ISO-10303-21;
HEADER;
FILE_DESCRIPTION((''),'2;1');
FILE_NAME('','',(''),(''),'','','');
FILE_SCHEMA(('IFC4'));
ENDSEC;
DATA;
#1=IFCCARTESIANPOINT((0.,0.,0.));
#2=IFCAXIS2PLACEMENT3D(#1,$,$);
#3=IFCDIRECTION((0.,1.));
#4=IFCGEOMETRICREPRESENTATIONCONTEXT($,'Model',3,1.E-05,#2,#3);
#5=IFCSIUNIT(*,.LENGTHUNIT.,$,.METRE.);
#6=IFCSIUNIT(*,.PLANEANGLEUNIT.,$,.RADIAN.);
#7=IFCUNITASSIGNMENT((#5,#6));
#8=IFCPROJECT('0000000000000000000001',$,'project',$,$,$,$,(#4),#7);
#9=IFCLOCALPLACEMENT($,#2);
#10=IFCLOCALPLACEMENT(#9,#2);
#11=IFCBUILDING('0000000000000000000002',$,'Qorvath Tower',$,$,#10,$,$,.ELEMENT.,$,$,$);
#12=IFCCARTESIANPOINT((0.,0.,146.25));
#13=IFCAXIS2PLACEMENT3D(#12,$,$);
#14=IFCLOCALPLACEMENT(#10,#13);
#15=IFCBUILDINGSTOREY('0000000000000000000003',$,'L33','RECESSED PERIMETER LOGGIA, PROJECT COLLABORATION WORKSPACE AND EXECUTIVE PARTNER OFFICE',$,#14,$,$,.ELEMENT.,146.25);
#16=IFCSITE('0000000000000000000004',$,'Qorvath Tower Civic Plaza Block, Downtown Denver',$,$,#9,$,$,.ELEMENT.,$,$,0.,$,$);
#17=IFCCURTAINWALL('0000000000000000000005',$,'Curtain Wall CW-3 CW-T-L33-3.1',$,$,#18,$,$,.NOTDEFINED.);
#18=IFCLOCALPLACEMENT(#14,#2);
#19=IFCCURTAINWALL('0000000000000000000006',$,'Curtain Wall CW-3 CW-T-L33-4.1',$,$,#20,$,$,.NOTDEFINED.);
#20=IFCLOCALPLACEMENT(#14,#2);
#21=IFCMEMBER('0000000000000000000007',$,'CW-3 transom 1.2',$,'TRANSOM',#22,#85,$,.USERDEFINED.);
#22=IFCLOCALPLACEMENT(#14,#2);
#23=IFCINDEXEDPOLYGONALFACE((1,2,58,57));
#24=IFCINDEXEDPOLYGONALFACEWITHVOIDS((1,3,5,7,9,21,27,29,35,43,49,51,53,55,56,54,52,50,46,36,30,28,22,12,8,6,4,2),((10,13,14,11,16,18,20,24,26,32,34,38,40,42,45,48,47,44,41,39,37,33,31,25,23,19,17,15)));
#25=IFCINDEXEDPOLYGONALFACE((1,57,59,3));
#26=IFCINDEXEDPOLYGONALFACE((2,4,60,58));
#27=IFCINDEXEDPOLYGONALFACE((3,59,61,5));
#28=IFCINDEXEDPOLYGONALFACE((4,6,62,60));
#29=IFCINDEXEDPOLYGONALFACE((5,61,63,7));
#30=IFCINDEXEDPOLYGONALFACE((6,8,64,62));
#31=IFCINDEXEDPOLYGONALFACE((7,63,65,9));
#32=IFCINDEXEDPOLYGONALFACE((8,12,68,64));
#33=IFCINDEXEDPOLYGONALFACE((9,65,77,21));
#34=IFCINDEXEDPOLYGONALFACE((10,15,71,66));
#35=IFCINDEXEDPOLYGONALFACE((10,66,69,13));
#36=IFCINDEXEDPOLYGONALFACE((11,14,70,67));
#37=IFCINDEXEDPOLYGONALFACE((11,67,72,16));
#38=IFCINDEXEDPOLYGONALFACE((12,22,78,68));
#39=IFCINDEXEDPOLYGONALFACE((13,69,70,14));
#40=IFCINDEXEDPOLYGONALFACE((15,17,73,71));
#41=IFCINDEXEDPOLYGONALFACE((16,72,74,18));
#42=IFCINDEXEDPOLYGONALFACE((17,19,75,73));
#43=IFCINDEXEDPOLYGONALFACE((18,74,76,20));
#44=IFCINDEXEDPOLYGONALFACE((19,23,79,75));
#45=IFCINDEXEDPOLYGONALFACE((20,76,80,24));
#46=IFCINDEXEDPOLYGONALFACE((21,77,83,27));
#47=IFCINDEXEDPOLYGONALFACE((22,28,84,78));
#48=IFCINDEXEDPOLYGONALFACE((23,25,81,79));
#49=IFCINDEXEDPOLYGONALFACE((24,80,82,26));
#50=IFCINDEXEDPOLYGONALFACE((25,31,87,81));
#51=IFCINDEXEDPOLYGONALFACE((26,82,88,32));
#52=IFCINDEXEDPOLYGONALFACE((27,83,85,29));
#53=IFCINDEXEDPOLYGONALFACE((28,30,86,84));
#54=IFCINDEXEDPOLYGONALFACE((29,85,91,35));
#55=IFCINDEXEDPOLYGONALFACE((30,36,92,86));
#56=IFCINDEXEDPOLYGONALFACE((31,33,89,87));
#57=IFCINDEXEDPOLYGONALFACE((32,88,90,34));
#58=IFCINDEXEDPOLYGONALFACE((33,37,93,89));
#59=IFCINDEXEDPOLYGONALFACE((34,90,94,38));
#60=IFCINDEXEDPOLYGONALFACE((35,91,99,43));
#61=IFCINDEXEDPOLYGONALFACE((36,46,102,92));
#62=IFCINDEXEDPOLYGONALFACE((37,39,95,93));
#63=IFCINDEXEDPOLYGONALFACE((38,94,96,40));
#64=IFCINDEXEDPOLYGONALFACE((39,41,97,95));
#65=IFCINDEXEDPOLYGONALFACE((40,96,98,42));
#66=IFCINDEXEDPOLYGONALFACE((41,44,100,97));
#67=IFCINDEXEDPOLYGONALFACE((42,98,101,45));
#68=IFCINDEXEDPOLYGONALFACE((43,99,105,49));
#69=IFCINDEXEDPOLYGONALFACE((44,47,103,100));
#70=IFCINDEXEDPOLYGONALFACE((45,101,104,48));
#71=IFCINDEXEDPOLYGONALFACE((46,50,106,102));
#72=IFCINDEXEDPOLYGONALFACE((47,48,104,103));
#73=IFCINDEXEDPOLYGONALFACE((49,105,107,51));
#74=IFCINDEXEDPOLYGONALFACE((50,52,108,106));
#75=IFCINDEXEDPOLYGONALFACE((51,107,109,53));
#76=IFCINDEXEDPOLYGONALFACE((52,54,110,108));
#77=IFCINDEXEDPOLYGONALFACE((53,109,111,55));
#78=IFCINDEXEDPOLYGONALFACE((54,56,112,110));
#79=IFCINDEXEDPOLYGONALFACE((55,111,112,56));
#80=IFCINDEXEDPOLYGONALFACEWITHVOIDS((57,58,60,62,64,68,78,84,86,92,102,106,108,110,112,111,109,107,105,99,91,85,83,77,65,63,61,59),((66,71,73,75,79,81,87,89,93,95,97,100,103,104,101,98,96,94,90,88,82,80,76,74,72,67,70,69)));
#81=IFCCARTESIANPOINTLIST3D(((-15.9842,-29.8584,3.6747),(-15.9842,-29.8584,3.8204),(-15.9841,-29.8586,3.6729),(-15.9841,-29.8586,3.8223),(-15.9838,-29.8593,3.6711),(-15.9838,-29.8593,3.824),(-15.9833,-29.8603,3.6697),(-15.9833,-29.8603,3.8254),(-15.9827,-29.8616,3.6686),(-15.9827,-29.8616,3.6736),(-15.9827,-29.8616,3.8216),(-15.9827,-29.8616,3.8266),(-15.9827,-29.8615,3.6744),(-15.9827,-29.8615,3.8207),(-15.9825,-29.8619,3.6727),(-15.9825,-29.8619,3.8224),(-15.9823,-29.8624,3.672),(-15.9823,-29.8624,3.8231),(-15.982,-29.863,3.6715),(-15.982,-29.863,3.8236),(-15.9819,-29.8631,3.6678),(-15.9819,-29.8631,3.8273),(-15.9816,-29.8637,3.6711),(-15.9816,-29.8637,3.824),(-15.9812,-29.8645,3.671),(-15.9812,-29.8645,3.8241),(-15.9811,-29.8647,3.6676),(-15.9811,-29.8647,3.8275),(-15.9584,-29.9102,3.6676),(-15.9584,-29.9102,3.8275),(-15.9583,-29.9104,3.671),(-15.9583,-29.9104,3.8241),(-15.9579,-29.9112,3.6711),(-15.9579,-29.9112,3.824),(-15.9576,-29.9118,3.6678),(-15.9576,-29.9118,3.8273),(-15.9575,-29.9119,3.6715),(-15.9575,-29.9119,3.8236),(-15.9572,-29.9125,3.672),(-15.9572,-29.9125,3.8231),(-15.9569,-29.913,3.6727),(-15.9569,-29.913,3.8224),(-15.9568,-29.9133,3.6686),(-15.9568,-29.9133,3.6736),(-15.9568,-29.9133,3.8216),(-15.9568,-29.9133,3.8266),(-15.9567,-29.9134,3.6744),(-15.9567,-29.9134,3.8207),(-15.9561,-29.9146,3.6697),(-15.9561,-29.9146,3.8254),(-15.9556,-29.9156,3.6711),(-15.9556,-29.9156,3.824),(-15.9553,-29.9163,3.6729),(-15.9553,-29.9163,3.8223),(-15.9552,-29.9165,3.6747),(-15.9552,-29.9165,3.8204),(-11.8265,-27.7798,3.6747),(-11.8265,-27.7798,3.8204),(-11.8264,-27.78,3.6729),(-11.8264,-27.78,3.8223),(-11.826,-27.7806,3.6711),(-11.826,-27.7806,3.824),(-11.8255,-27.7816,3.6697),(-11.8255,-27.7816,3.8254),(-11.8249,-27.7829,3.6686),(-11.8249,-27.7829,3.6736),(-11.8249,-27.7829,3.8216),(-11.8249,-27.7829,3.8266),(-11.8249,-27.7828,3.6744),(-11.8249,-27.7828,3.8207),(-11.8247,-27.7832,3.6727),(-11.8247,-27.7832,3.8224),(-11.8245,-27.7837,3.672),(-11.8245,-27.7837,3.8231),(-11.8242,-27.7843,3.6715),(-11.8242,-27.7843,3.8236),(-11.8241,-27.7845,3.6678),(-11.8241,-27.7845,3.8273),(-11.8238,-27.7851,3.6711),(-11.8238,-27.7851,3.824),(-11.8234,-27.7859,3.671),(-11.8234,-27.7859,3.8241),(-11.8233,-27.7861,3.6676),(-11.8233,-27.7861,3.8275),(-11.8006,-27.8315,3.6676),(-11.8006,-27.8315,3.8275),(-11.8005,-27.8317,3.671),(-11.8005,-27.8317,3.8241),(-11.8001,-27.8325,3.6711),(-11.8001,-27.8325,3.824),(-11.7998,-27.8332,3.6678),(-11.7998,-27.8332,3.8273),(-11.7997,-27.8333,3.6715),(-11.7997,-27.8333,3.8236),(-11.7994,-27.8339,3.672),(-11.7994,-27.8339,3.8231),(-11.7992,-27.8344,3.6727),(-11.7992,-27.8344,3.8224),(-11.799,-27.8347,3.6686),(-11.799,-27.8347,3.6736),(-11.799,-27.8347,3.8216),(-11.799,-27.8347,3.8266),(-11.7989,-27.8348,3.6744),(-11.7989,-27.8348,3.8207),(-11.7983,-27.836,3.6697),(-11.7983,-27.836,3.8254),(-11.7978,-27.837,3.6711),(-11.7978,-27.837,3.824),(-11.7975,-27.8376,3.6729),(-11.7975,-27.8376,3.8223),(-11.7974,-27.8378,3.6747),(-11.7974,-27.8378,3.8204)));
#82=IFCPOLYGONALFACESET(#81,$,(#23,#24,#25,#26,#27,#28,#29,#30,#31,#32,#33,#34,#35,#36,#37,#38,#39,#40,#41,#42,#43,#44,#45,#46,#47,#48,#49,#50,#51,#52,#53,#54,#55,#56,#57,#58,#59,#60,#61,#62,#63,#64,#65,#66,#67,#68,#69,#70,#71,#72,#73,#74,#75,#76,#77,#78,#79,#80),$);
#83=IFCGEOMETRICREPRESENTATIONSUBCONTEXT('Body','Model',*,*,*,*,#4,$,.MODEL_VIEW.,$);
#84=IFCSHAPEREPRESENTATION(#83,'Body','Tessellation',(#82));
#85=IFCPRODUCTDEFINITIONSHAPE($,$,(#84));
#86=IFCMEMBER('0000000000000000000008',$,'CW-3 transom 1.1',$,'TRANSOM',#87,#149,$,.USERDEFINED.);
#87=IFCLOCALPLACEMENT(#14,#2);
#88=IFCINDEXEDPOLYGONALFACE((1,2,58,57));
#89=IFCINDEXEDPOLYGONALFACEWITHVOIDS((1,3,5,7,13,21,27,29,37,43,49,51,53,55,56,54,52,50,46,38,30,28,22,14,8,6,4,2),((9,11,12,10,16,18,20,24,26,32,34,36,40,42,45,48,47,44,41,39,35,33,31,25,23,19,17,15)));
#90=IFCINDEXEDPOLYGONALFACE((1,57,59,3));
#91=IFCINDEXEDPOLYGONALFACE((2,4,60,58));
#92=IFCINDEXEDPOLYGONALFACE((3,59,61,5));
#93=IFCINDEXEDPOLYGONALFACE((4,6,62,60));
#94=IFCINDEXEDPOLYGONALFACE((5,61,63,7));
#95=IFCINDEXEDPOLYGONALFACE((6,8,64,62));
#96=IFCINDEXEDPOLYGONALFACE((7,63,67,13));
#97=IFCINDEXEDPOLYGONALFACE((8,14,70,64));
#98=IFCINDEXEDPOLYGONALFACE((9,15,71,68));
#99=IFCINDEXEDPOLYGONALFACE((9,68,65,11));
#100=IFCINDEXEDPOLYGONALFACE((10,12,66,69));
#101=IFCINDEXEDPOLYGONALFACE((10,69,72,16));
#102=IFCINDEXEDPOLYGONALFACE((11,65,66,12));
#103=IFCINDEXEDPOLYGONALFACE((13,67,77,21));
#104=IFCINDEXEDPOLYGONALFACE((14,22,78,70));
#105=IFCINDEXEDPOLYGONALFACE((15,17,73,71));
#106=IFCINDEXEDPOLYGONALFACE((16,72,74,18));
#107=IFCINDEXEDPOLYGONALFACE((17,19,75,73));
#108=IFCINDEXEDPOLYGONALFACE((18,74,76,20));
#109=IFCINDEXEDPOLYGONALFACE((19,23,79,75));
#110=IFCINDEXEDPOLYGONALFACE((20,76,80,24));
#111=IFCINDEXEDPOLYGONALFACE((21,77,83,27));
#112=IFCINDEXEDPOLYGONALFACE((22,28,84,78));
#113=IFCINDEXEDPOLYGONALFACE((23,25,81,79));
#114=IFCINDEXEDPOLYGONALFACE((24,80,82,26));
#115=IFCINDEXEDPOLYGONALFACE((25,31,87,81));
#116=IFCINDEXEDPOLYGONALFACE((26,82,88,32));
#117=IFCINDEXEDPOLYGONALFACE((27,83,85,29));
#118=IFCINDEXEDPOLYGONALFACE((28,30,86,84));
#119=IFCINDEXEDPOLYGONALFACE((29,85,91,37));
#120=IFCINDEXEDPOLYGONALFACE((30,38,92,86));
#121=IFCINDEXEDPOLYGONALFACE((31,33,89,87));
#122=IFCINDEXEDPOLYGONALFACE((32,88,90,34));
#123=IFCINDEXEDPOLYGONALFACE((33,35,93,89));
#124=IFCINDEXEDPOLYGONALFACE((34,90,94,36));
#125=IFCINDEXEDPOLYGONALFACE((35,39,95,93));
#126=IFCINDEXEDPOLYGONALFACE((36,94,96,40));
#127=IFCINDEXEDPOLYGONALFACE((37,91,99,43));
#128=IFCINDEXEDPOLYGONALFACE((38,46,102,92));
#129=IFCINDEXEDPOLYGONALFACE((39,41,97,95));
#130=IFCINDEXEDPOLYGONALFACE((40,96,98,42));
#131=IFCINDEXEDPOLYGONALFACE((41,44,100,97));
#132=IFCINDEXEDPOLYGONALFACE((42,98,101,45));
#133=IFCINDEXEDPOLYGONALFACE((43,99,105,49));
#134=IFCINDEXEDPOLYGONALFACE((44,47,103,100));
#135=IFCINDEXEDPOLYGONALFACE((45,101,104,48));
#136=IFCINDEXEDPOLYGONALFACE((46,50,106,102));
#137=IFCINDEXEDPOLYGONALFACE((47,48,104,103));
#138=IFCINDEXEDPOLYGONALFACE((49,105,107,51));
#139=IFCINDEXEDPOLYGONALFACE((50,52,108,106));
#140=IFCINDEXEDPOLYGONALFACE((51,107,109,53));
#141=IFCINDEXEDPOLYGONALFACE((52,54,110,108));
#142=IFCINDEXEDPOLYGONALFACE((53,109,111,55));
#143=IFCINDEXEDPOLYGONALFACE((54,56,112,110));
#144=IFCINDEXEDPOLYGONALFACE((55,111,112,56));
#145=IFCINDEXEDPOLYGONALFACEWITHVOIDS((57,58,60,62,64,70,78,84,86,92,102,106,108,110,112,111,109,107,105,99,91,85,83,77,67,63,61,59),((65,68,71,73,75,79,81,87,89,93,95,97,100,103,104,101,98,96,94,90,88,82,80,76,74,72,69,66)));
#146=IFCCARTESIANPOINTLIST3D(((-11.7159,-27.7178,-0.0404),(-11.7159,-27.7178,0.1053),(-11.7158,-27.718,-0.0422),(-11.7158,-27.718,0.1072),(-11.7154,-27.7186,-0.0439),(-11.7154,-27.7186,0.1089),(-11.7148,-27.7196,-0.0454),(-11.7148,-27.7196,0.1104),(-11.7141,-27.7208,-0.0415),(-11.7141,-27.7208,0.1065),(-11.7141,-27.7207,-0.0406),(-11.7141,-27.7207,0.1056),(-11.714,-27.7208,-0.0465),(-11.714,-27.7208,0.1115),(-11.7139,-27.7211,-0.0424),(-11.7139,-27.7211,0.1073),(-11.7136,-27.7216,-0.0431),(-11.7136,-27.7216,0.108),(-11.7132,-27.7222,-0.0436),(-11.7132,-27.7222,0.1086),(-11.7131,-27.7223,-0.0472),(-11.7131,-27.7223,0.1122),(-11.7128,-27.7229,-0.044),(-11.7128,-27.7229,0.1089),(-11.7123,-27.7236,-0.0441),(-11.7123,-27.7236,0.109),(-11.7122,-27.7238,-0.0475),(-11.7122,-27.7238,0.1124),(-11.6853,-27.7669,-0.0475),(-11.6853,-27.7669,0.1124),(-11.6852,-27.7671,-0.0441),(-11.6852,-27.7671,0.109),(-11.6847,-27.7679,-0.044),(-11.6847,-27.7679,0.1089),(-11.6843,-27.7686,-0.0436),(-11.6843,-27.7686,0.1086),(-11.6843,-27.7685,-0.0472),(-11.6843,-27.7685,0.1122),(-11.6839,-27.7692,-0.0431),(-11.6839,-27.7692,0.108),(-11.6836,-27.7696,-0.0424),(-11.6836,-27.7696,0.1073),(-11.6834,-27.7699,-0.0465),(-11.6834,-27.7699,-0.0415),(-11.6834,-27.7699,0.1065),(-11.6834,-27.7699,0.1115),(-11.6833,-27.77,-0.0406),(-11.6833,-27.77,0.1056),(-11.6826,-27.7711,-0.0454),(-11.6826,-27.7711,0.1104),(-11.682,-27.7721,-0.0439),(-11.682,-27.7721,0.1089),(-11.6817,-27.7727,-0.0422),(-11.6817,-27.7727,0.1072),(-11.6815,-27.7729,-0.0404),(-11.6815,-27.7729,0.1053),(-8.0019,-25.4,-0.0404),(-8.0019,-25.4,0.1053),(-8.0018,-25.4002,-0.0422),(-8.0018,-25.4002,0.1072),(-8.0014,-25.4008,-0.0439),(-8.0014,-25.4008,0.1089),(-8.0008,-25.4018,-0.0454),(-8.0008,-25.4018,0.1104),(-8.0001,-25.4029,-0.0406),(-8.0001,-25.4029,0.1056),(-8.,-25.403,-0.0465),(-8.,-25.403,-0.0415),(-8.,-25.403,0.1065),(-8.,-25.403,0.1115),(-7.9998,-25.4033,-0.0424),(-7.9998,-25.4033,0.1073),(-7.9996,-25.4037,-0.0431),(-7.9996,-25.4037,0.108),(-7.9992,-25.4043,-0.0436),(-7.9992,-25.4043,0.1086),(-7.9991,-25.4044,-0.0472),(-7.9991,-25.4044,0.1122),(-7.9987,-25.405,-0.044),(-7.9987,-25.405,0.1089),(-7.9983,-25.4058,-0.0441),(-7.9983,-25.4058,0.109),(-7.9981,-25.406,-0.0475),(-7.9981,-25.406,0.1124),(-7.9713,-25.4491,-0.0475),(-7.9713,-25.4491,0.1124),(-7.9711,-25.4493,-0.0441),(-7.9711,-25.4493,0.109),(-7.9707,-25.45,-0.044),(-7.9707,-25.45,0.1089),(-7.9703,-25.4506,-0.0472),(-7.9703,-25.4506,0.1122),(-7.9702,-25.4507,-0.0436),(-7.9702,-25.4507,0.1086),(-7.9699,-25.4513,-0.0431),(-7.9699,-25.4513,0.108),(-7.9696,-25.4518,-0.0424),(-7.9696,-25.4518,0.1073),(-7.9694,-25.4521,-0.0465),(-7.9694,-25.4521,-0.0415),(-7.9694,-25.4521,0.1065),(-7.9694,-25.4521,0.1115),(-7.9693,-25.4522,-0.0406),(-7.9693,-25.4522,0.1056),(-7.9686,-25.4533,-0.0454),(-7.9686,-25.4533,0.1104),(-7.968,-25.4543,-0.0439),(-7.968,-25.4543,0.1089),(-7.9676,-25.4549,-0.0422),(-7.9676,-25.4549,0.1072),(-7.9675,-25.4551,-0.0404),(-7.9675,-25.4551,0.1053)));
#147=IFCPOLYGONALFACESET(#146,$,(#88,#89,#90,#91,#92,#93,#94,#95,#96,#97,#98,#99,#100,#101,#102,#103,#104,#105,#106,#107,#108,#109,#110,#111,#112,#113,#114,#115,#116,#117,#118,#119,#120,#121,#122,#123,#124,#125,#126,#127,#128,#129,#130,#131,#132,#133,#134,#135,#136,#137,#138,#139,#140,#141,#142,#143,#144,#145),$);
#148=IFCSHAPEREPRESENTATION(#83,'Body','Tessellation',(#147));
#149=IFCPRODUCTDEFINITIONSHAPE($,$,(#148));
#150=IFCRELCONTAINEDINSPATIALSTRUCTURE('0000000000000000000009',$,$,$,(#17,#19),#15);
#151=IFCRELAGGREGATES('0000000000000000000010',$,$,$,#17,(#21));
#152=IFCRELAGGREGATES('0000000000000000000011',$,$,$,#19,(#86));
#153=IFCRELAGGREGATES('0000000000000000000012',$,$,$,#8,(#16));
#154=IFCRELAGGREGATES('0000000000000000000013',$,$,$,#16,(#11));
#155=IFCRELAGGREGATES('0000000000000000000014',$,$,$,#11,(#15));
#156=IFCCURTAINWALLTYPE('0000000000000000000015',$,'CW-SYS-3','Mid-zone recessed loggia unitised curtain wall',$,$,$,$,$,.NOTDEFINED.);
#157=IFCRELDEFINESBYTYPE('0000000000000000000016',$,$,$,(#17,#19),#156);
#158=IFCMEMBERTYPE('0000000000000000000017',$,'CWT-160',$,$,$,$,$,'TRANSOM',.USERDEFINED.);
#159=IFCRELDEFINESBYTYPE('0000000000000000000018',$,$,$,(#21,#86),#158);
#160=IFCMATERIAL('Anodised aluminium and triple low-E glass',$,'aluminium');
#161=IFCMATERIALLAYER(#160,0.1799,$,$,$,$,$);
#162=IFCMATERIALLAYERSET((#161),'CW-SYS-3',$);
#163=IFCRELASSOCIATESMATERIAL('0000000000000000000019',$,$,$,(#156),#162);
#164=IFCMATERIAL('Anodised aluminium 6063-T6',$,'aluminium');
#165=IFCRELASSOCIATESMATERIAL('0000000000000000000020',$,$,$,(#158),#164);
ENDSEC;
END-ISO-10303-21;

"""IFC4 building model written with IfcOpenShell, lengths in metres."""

from ifc_helpers import new_model, si_unit, direction, frame, origin, origin_2d, place, context, subcontext, project, spatial, hollow_rectangle, extrude, material, layer, layer_set, material_profile, profile_set, type_object, element, aggregate, save


model = new_model("IFC4")

# Units and contexts
model_context = context("Model", 3, precision=1e-05, world=origin(), true_north=direction((0.0, 1.0)))
body_context = subcontext(model_context, "Body", "Model", "MODEL_VIEW")
ifc_project = project(units=[si_unit("LENGTHUNIT", "METRE"), si_unit("PLANEANGLEUNIT", "RADIAN")], contexts=[model_context])

# Site, building, storey
site_placement = place(None, origin())
site = spatial("IfcSite", under=ifc_project, at=site_placement, Name="Qorvath Tower Civic Plaza Block, Downtown Denver", CompositionType="ELEMENT", RefElevation=0.0)
building_placement = place(site_placement, origin())
building = spatial("IfcBuilding", under=site, at=building_placement, Name="Qorvath Tower", CompositionType="ELEMENT")
storey_placement = place(building_placement, frame((0.0, 0.0, 146.25)))
storey = spatial("IfcBuildingStorey", under=building, at=storey_placement, Name="L33", Description="RECESSED PERIMETER LOGGIA, PROJECT COLLABORATION WORKSPACE AND EXECUTIVE PARTNER OFFICE", CompositionType="ELEMENT", Elevation=146.25)

# Shared definitions
ifc_material_1 = material(Name="Anodised aluminium and triple low-E glass", Category="aluminium")
ifc_layer_1 = layer(ifc_material_1, 0.1799)
ifc_layer_set_1 = layer_set([ifc_layer_1], Name="CW-SYS-3")
curtain_wall_type = type_object("IfcCurtainWallType", Name="CW-SYS-3", Description="Mid-zone recessed loggia unitised curtain wall", PredefinedType="NOTDEFINED", material=ifc_layer_set_1)

# Curtain wall
curtain_wall_1_placement = place(storey_placement, origin())
curtain_wall_1 = element("IfcCurtainWall", 1, at=curtain_wall_1_placement, inside=storey, type_object=curtain_wall_type, Name="Curtain Wall CW-3 CW-T-L33-3.1", PredefinedType="NOTDEFINED")

# Curtain wall
curtain_wall_2_placement = place(storey_placement, origin())
curtain_wall_2 = element("IfcCurtainWall", 2, at=curtain_wall_2_placement, inside=storey, type_object=curtain_wall_type, Name="Curtain Wall CW-3 CW-T-L33-4.1", PredefinedType="NOTDEFINED")

# Members
ifc_material_2 = material(Name="Anodised aluminium 6063-T6", Category="aluminium")
ifc_material_profile_1 = material_profile(ifc_material_2, hollow_rectangle(XDim=0.0649, YDim=0.1599, WallThickness=0.0034, InnerFilletRadius=0.0034, OuterFilletRadius=0.0071, at=origin_2d()), Name="CWT 160x65")
ifc_profile_set_1 = profile_set([ifc_material_profile_1], Name="Anodised aluminium 6063-T6")
member_type_1 = type_object("IfcMemberType", Name="CWT-160", ElementType="TRANSOM", PredefinedType="USERDEFINED", material=ifc_profile_set_1)
member_1_placement = place(storey_placement, frame((-15.9697, -29.8875, 3.7476), z_axis=(0.894448, 0.447172, 0.0), x_axis=(-0.447172, 0.894448, 0.0)))
member_1 = element("IfcMember", 3, at=member_1_placement, type_object=member_type_1, Name="CW-3 transom 1.2", ObjectType="TRANSOM", PredefinedType="USERDEFINED", context=body_context, shape_type="SweptSolid", body=[
    extrude(hollow_rectangle(XDim=0.0649, YDim=0.1599, WallThickness=0.0034, InnerFilletRadius=0.0034, OuterFilletRadius=0.0071, at=origin_2d()), origin(), (0.0, 0.0, 1.0), 4.6484),
])
member_2_placement = place(storey_placement, frame((-11.6987, -27.7454, 0.0325), z_axis=(0.848352, 0.529432, 0.0), x_axis=(-0.529432, 0.848352, 0.0)))
member_2 = element("IfcMember", 4, at=member_2_placement, type_object=member_type_1, Name="CW-3 transom 1.1", ObjectType="TRANSOM", PredefinedType="USERDEFINED", context=body_context, shape_type="SweptSolid", body=[
    extrude(hollow_rectangle(XDim=0.0649, YDim=0.1599, WallThickness=0.0034, InnerFilletRadius=0.0034, OuterFilletRadius=0.0071, at=origin_2d()), origin(), (0.0, 0.0, 1.0), 4.3779),
])

aggregate(curtain_wall_1, [member_1])
aggregate(curtain_wall_2, [member_2])

save(model, "model.ifc")
